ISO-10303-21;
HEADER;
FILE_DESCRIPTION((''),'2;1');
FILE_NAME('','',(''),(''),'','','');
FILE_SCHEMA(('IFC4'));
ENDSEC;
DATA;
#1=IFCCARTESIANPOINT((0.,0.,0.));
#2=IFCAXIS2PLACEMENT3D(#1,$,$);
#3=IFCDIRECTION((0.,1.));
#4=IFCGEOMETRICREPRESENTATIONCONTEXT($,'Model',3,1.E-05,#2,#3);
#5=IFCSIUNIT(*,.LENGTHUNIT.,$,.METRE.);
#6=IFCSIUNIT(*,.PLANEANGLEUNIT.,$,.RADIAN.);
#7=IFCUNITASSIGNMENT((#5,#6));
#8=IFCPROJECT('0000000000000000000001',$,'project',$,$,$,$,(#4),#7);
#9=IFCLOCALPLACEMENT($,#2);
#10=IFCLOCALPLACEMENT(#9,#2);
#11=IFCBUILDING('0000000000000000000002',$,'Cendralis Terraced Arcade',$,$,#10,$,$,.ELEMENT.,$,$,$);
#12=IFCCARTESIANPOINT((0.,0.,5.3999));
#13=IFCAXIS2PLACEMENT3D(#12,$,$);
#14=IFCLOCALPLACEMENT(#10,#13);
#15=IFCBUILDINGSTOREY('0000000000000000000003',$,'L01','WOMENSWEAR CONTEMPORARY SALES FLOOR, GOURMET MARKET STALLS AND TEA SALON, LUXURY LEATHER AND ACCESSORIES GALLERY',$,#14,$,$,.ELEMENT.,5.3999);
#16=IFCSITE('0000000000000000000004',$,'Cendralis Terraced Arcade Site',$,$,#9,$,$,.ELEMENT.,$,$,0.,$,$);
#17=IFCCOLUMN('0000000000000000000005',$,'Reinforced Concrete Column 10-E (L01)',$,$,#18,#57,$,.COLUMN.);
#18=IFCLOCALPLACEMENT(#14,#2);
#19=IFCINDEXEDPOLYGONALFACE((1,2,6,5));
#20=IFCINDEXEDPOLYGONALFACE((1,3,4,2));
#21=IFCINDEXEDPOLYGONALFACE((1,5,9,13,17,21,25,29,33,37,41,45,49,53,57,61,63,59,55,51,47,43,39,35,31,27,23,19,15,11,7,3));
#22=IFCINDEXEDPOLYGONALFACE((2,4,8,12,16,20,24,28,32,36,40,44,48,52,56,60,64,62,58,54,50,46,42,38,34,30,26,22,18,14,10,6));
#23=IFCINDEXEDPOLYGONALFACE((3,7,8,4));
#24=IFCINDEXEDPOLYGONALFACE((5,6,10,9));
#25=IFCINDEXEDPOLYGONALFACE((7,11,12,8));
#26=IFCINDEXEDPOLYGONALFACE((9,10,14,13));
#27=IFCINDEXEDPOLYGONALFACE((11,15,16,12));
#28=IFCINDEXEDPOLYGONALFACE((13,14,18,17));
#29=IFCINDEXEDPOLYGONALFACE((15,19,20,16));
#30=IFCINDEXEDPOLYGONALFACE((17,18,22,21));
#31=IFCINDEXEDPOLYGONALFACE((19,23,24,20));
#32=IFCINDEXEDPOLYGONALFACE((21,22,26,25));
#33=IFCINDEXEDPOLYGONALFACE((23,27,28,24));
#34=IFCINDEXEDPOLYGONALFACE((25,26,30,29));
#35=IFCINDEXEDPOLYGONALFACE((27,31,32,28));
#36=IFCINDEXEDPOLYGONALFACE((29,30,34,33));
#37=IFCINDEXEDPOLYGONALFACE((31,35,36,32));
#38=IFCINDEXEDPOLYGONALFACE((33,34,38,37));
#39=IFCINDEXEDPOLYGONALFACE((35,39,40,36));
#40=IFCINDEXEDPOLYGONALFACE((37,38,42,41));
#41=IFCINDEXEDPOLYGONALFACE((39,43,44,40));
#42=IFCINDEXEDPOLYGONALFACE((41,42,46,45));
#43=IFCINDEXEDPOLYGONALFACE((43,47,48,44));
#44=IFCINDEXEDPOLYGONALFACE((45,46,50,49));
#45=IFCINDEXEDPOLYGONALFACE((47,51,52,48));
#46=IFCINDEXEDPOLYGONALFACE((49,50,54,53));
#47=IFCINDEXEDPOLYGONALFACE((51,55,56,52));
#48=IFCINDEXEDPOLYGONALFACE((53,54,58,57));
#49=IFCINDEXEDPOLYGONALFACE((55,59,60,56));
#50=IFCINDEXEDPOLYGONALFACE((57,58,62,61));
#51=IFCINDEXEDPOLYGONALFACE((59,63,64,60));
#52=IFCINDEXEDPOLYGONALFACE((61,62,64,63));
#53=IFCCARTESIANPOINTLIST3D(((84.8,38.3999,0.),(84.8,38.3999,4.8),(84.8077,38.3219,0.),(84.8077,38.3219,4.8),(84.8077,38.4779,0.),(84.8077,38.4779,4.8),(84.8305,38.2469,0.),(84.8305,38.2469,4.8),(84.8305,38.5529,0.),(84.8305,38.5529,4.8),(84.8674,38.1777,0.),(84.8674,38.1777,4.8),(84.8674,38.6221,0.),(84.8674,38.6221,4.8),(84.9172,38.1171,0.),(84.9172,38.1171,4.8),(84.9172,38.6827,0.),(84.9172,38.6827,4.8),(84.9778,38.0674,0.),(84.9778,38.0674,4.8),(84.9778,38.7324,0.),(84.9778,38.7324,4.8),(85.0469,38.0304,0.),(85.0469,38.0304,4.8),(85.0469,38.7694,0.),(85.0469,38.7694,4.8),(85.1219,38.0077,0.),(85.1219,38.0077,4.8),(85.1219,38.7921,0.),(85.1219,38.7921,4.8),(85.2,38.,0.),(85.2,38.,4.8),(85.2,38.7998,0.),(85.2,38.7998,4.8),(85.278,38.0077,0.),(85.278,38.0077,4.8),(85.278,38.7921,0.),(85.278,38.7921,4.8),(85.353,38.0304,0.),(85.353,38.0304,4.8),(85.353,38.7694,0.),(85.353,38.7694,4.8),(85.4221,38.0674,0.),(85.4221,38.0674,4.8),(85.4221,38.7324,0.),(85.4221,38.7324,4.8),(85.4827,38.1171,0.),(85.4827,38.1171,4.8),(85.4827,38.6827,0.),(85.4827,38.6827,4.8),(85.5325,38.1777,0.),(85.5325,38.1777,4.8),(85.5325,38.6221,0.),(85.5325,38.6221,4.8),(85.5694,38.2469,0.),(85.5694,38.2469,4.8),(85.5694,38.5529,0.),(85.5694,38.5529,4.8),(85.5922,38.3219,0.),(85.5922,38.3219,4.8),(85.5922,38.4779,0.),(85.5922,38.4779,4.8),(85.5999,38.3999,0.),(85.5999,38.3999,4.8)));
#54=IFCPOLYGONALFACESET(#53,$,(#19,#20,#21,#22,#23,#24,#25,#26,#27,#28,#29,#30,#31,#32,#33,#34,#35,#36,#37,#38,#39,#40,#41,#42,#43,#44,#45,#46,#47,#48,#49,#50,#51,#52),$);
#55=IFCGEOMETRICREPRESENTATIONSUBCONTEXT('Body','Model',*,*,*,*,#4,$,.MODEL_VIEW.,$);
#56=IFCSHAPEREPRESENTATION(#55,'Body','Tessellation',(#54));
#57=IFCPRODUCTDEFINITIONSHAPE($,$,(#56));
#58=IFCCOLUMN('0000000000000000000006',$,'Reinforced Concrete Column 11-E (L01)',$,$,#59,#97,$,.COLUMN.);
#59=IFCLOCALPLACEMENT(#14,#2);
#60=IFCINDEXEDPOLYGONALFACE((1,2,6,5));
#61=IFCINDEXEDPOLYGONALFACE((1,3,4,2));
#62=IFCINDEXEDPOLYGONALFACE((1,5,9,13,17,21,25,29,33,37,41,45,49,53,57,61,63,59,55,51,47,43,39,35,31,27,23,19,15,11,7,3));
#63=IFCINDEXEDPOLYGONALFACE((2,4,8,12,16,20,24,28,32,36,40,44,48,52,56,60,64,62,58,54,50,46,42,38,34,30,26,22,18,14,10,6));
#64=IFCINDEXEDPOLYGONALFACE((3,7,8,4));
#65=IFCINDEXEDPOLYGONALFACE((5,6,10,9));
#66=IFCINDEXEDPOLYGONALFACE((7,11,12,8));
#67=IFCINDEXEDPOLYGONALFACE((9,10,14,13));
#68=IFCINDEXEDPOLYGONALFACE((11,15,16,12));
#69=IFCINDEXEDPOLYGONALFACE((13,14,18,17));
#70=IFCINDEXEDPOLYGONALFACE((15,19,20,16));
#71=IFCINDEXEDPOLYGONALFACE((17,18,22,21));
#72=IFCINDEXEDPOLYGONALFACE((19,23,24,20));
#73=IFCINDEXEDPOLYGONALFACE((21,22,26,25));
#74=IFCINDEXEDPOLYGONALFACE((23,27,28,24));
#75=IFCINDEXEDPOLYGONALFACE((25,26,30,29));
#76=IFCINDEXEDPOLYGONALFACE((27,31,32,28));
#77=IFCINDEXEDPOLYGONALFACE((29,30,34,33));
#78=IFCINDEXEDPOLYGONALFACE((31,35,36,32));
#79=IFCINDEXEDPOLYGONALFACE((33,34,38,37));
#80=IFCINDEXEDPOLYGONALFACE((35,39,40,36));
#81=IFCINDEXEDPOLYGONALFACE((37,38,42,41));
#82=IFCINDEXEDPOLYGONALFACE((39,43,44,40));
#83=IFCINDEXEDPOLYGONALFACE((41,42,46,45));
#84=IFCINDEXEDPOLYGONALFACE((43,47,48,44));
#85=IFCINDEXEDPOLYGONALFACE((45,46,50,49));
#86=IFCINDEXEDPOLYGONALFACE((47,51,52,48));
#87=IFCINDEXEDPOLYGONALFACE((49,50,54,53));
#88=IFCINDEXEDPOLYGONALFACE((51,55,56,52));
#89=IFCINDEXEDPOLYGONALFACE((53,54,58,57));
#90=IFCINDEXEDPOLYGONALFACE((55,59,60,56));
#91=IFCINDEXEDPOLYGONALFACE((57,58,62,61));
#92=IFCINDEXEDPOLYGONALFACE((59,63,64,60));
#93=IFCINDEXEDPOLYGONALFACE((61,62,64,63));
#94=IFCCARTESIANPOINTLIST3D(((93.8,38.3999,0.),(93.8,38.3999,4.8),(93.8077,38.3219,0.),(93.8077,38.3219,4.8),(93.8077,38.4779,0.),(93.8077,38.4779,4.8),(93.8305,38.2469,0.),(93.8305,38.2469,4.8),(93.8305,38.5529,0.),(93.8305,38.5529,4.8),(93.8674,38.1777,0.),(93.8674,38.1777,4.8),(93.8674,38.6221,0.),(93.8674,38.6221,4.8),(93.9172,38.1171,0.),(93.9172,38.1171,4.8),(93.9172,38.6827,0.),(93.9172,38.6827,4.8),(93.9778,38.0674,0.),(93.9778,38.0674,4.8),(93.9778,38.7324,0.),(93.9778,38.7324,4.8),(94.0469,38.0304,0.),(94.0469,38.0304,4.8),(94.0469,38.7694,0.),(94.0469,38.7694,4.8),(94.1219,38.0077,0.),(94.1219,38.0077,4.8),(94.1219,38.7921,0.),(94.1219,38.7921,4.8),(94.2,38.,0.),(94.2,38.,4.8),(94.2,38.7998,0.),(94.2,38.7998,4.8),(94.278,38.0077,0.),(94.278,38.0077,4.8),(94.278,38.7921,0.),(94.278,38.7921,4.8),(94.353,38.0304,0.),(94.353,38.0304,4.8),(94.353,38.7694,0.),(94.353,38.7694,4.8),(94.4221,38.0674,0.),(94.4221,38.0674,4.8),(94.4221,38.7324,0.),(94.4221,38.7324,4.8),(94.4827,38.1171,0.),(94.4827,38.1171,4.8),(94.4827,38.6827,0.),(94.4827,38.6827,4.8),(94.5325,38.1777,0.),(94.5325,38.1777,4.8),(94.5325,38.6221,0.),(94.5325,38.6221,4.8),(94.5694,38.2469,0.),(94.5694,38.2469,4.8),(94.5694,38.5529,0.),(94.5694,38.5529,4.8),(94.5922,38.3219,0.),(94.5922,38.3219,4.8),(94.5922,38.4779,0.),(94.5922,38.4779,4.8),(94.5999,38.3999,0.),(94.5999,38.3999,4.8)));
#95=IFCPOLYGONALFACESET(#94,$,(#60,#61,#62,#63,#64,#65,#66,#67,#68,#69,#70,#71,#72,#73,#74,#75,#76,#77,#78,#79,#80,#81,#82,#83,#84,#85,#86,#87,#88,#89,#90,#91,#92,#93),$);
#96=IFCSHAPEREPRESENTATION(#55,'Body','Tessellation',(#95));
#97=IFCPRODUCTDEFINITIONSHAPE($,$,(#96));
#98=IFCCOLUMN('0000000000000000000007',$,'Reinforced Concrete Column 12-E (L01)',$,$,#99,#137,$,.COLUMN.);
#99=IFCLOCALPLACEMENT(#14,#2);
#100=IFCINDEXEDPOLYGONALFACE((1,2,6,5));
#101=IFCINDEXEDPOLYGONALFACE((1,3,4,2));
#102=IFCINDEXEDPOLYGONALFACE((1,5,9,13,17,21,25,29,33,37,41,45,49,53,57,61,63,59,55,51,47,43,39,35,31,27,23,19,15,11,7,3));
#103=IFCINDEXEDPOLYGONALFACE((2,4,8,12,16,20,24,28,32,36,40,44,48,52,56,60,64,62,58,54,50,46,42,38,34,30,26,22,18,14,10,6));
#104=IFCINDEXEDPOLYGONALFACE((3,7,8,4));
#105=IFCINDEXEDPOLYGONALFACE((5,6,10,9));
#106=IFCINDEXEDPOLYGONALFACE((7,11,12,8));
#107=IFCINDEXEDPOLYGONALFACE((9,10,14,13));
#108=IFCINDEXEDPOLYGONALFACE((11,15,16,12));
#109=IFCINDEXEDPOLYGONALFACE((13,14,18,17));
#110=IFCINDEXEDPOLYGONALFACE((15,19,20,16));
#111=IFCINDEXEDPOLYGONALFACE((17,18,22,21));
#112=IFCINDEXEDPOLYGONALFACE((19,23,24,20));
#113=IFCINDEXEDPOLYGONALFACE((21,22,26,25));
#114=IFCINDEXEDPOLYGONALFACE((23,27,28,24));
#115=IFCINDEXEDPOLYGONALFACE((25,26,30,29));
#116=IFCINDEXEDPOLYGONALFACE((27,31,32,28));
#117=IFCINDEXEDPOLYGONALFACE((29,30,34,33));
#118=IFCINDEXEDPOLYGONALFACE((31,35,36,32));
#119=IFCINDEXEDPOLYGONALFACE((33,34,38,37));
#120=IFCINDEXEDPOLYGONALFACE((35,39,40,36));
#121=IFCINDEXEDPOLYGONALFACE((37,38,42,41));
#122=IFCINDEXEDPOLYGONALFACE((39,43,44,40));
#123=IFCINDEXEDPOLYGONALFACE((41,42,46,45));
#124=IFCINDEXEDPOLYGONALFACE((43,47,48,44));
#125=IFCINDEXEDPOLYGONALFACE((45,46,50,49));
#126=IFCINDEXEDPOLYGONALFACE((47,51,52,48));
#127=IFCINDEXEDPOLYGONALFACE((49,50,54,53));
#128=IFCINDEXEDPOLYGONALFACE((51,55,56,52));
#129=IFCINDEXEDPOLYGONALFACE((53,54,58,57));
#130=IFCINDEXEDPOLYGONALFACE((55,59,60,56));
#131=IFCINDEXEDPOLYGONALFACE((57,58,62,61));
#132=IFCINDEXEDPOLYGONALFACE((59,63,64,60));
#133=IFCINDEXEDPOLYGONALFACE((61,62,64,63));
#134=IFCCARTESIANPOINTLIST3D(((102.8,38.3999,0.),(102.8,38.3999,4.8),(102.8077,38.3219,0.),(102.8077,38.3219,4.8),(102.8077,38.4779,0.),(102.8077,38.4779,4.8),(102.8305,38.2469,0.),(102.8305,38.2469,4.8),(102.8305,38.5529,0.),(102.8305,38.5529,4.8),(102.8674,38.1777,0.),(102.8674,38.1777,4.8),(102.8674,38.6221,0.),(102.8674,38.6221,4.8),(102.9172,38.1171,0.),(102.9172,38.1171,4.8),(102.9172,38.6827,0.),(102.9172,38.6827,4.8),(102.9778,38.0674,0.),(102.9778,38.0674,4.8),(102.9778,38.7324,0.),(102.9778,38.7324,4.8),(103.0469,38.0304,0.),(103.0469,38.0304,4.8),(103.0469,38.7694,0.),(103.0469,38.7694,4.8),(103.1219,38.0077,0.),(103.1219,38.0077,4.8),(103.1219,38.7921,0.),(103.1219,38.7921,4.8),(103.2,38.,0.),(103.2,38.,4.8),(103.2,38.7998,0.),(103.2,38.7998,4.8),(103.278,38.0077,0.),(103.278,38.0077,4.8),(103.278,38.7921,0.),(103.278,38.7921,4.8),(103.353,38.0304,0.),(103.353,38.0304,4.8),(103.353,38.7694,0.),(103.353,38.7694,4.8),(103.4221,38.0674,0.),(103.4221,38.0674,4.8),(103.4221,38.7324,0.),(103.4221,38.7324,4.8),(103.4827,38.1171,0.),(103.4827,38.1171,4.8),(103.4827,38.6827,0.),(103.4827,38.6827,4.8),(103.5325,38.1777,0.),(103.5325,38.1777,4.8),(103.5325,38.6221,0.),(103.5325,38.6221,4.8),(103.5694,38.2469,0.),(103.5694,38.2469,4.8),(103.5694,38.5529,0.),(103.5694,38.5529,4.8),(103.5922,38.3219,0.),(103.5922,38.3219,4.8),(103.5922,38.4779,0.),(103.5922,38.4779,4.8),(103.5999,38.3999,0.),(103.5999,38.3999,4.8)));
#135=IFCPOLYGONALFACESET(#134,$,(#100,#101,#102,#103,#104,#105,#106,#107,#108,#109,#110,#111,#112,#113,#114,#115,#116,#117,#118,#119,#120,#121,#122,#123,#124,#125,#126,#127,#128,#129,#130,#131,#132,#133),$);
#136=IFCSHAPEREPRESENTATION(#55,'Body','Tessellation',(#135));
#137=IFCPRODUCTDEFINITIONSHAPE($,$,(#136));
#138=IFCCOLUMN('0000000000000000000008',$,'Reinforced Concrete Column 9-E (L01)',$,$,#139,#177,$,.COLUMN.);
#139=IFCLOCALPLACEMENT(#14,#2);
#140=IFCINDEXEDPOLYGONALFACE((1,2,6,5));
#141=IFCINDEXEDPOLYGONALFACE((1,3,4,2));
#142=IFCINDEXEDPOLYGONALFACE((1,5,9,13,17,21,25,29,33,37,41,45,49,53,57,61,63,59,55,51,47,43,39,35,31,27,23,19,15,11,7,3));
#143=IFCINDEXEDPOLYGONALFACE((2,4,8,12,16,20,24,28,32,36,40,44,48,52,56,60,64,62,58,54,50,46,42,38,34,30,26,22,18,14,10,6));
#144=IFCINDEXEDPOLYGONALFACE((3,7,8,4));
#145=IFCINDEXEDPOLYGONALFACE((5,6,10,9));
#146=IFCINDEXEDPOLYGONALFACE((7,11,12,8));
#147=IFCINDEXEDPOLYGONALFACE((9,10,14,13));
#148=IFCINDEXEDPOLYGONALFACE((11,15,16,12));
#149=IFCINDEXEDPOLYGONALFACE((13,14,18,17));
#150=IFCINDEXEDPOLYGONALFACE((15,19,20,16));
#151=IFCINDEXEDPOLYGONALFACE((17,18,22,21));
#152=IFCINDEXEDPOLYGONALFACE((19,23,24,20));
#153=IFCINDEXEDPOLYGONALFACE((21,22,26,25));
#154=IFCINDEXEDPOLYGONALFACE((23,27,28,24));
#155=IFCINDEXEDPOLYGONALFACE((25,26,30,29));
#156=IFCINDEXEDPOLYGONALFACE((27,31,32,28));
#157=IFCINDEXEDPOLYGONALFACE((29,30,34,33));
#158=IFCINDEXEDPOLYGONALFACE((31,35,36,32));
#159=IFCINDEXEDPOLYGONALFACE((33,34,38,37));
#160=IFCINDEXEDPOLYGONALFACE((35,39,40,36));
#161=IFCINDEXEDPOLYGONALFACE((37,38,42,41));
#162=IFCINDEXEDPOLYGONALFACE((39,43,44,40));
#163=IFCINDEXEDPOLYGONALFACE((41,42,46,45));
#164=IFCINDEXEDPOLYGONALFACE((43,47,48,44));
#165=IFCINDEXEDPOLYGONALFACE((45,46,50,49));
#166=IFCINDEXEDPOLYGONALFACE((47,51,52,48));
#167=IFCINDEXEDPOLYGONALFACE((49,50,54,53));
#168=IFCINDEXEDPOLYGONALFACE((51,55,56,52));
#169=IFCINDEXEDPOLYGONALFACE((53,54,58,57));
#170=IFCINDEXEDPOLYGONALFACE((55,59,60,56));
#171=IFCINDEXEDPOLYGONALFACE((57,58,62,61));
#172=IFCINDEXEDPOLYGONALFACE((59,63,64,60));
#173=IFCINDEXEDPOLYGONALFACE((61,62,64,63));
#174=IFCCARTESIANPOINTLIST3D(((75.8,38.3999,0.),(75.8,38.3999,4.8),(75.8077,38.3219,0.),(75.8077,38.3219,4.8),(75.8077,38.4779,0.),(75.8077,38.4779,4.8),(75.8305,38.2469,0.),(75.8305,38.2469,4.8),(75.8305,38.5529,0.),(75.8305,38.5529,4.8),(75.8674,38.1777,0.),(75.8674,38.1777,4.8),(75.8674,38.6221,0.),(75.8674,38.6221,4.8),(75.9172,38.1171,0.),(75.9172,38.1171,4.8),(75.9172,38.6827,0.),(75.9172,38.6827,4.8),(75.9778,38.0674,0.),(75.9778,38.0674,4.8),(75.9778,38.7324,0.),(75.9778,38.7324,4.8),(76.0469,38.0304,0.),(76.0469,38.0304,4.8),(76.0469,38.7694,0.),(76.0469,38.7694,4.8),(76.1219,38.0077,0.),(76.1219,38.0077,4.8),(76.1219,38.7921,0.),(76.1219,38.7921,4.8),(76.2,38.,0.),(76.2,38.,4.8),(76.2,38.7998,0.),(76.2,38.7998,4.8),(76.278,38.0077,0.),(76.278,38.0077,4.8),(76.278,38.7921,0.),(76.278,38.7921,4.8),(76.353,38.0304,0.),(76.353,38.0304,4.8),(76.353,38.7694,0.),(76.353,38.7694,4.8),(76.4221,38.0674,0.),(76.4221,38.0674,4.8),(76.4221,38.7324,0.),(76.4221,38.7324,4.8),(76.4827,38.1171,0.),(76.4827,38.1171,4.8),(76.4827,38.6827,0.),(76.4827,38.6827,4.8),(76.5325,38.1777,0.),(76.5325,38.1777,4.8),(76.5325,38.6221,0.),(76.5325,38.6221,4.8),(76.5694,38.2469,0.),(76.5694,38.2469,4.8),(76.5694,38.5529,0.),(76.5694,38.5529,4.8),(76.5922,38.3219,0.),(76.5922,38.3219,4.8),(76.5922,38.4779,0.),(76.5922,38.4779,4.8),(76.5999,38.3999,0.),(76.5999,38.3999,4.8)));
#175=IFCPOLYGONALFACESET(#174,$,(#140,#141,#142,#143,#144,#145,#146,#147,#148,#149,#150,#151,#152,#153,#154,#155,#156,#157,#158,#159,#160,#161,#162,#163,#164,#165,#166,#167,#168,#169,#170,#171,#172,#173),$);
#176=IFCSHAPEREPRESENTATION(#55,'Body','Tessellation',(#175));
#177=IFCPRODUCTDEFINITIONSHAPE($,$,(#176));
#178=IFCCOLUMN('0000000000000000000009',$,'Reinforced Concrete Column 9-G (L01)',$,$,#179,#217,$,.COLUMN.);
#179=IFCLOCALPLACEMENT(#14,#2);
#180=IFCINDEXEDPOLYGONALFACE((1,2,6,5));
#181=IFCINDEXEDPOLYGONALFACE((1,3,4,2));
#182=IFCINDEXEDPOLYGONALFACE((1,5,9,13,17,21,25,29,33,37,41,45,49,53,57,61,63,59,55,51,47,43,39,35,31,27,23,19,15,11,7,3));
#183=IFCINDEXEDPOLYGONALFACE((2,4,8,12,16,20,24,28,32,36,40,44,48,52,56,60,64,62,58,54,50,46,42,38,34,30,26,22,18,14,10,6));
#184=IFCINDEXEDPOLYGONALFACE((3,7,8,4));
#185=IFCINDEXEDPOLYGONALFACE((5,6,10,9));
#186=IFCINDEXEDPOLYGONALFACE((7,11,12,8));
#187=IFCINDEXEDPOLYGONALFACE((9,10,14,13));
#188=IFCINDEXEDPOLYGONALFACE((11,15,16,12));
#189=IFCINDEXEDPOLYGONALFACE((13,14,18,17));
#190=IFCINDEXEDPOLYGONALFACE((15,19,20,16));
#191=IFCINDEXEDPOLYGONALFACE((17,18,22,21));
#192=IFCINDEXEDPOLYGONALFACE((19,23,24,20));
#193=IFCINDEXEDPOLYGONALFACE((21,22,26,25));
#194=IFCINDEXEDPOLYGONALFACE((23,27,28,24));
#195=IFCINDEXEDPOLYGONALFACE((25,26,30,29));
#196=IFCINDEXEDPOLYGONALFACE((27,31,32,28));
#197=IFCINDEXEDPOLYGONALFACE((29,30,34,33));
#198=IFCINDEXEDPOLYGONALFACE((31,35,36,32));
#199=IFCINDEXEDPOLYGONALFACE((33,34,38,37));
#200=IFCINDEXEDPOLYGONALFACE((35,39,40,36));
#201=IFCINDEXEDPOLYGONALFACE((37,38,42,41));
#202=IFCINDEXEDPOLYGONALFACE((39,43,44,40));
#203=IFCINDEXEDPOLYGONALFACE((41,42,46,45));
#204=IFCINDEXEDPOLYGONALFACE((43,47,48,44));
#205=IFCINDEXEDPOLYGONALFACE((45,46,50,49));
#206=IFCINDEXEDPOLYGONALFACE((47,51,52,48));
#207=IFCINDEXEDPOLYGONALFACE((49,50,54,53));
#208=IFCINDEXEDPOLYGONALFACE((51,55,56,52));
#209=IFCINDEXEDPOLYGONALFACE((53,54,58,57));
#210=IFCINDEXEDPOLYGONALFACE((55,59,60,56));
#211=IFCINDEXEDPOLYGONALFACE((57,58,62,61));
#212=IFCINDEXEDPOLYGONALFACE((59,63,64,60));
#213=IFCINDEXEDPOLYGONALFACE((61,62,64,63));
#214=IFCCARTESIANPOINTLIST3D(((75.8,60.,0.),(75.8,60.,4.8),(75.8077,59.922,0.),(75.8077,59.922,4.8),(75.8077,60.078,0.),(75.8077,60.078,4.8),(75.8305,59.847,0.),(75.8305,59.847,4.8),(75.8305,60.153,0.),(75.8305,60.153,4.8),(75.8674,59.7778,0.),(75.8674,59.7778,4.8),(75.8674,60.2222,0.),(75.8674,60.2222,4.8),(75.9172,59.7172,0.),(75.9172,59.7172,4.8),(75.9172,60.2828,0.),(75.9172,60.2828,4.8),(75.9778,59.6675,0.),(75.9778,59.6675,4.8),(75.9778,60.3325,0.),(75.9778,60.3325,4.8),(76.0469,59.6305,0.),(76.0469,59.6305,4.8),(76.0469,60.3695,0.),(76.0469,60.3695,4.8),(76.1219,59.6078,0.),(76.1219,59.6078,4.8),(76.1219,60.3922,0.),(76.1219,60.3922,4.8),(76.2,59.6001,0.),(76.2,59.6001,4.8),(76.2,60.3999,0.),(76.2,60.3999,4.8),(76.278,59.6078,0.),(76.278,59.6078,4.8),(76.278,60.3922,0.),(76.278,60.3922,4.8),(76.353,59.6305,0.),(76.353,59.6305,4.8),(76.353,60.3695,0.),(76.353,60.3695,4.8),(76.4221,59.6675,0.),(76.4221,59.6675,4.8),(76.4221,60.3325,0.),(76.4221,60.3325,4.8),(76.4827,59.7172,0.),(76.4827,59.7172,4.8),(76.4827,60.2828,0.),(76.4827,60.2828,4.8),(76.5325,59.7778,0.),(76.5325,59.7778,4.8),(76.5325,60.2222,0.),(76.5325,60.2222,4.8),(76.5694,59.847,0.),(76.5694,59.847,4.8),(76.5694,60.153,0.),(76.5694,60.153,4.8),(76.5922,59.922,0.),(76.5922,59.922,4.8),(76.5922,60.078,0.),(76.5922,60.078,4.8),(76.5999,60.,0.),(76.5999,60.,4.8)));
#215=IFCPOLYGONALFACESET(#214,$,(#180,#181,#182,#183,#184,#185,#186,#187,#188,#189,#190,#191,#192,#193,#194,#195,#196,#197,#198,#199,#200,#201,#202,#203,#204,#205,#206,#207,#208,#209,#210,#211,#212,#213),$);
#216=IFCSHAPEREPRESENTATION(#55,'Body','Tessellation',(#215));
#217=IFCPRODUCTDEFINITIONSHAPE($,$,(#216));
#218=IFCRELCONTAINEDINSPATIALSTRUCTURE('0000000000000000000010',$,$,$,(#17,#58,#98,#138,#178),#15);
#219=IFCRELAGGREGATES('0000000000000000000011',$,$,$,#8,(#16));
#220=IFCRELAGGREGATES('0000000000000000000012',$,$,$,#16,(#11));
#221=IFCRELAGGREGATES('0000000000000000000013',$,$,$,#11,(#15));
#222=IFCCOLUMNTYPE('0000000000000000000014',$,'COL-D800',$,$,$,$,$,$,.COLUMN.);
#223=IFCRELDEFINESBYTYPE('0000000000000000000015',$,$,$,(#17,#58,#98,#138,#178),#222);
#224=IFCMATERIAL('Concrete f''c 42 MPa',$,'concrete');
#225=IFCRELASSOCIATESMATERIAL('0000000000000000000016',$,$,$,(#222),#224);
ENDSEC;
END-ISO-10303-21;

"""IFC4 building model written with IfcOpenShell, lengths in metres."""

from ifc_helpers import new_model, si_unit, direction, frame, origin, origin_2d, place, context, subcontext, project, spatial, circle, extrude, material, material_profile, profile_set, type_object, element, save


model = new_model("IFC4")

# Units and contexts
model_context = context("Model", 3, precision=1e-05, world=origin(), true_north=direction((0.0, 1.0)))
body_context = subcontext(model_context, "Body", "Model", "MODEL_VIEW")
ifc_project = project(units=[si_unit("LENGTHUNIT", "METRE"), si_unit("PLANEANGLEUNIT", "RADIAN")], contexts=[model_context])

# Site, building, storey
site_placement = place(None, origin())
site = spatial("IfcSite", under=ifc_project, at=site_placement, Name="Cendralis Terraced Arcade Site", CompositionType="ELEMENT", RefElevation=0.0)
building_placement = place(site_placement, origin())
building = spatial("IfcBuilding", under=site, at=building_placement, Name="Cendralis Terraced Arcade", CompositionType="ELEMENT")
storey_placement = place(building_placement, frame((0.0, 0.0, 5.3999)))
storey = spatial("IfcBuildingStorey", under=building, at=storey_placement, Name="L01", Description="WOMENSWEAR CONTEMPORARY SALES FLOOR, GOURMET MARKET STALLS AND TEA SALON, LUXURY LEATHER AND ACCESSORIES GALLERY", CompositionType="ELEMENT", Elevation=5.3999)

# Columns
ifc_material_1 = material(Name="Concrete f'c 42 MPa", Category="concrete")
ifc_material_profile_1 = material_profile(ifc_material_1, circle(Radius=0.3999, at=origin_2d()), Name="RC-COL-D800", Category="LoadBearing")
ifc_profile_set_1 = profile_set([ifc_material_profile_1], Name="Concrete f'c 42 MPa")
column_type = type_object("IfcColumnType", Name="COL-D800", PredefinedType="COLUMN", material=ifc_profile_set_1)
for number, where, z_axis, x_axis, name in (
    (1, (85.2, 38.3999, 0.0), (0.0, 0.0, 1.0), (1.0, 0.0, 0.0), "Reinforced Concrete Column 10-E (L01)"),
    (2, (94.2, 38.3999, 0.0), (0.0, 0.0, 1.0), (1.0, 0.0, 0.0), "Reinforced Concrete Column 11-E (L01)"),
    (3, (103.2, 38.3999, 0.0), (0.0, 0.0, 1.0), (1.0, 0.0, 0.0), "Reinforced Concrete Column 12-E (L01)"),
    (4, (76.2, 38.3999, 0.0), (0.0, 0.0, 1.0), (1.0, 0.0, 0.0), "Reinforced Concrete Column 9-E (L01)"),
    (5, (76.2, 60.0, 0.0), (0.0, 0.0, 1.0), (1.0, 0.0, 0.0), "Reinforced Concrete Column 9-G (L01)"),
):
    element("IfcColumn", number, at=place(storey_placement, frame(where, z_axis=z_axis, x_axis=x_axis)), inside=storey, type_object=column_type, Name=name, PredefinedType="COLUMN", context=body_context, shape_type="SweptSolid", body=[
        extrude(circle(Radius=0.3999, at=origin_2d()), origin(), (0.0, 0.0, 1.0), 4.8),
    ])

save(model, "model.ifc")
